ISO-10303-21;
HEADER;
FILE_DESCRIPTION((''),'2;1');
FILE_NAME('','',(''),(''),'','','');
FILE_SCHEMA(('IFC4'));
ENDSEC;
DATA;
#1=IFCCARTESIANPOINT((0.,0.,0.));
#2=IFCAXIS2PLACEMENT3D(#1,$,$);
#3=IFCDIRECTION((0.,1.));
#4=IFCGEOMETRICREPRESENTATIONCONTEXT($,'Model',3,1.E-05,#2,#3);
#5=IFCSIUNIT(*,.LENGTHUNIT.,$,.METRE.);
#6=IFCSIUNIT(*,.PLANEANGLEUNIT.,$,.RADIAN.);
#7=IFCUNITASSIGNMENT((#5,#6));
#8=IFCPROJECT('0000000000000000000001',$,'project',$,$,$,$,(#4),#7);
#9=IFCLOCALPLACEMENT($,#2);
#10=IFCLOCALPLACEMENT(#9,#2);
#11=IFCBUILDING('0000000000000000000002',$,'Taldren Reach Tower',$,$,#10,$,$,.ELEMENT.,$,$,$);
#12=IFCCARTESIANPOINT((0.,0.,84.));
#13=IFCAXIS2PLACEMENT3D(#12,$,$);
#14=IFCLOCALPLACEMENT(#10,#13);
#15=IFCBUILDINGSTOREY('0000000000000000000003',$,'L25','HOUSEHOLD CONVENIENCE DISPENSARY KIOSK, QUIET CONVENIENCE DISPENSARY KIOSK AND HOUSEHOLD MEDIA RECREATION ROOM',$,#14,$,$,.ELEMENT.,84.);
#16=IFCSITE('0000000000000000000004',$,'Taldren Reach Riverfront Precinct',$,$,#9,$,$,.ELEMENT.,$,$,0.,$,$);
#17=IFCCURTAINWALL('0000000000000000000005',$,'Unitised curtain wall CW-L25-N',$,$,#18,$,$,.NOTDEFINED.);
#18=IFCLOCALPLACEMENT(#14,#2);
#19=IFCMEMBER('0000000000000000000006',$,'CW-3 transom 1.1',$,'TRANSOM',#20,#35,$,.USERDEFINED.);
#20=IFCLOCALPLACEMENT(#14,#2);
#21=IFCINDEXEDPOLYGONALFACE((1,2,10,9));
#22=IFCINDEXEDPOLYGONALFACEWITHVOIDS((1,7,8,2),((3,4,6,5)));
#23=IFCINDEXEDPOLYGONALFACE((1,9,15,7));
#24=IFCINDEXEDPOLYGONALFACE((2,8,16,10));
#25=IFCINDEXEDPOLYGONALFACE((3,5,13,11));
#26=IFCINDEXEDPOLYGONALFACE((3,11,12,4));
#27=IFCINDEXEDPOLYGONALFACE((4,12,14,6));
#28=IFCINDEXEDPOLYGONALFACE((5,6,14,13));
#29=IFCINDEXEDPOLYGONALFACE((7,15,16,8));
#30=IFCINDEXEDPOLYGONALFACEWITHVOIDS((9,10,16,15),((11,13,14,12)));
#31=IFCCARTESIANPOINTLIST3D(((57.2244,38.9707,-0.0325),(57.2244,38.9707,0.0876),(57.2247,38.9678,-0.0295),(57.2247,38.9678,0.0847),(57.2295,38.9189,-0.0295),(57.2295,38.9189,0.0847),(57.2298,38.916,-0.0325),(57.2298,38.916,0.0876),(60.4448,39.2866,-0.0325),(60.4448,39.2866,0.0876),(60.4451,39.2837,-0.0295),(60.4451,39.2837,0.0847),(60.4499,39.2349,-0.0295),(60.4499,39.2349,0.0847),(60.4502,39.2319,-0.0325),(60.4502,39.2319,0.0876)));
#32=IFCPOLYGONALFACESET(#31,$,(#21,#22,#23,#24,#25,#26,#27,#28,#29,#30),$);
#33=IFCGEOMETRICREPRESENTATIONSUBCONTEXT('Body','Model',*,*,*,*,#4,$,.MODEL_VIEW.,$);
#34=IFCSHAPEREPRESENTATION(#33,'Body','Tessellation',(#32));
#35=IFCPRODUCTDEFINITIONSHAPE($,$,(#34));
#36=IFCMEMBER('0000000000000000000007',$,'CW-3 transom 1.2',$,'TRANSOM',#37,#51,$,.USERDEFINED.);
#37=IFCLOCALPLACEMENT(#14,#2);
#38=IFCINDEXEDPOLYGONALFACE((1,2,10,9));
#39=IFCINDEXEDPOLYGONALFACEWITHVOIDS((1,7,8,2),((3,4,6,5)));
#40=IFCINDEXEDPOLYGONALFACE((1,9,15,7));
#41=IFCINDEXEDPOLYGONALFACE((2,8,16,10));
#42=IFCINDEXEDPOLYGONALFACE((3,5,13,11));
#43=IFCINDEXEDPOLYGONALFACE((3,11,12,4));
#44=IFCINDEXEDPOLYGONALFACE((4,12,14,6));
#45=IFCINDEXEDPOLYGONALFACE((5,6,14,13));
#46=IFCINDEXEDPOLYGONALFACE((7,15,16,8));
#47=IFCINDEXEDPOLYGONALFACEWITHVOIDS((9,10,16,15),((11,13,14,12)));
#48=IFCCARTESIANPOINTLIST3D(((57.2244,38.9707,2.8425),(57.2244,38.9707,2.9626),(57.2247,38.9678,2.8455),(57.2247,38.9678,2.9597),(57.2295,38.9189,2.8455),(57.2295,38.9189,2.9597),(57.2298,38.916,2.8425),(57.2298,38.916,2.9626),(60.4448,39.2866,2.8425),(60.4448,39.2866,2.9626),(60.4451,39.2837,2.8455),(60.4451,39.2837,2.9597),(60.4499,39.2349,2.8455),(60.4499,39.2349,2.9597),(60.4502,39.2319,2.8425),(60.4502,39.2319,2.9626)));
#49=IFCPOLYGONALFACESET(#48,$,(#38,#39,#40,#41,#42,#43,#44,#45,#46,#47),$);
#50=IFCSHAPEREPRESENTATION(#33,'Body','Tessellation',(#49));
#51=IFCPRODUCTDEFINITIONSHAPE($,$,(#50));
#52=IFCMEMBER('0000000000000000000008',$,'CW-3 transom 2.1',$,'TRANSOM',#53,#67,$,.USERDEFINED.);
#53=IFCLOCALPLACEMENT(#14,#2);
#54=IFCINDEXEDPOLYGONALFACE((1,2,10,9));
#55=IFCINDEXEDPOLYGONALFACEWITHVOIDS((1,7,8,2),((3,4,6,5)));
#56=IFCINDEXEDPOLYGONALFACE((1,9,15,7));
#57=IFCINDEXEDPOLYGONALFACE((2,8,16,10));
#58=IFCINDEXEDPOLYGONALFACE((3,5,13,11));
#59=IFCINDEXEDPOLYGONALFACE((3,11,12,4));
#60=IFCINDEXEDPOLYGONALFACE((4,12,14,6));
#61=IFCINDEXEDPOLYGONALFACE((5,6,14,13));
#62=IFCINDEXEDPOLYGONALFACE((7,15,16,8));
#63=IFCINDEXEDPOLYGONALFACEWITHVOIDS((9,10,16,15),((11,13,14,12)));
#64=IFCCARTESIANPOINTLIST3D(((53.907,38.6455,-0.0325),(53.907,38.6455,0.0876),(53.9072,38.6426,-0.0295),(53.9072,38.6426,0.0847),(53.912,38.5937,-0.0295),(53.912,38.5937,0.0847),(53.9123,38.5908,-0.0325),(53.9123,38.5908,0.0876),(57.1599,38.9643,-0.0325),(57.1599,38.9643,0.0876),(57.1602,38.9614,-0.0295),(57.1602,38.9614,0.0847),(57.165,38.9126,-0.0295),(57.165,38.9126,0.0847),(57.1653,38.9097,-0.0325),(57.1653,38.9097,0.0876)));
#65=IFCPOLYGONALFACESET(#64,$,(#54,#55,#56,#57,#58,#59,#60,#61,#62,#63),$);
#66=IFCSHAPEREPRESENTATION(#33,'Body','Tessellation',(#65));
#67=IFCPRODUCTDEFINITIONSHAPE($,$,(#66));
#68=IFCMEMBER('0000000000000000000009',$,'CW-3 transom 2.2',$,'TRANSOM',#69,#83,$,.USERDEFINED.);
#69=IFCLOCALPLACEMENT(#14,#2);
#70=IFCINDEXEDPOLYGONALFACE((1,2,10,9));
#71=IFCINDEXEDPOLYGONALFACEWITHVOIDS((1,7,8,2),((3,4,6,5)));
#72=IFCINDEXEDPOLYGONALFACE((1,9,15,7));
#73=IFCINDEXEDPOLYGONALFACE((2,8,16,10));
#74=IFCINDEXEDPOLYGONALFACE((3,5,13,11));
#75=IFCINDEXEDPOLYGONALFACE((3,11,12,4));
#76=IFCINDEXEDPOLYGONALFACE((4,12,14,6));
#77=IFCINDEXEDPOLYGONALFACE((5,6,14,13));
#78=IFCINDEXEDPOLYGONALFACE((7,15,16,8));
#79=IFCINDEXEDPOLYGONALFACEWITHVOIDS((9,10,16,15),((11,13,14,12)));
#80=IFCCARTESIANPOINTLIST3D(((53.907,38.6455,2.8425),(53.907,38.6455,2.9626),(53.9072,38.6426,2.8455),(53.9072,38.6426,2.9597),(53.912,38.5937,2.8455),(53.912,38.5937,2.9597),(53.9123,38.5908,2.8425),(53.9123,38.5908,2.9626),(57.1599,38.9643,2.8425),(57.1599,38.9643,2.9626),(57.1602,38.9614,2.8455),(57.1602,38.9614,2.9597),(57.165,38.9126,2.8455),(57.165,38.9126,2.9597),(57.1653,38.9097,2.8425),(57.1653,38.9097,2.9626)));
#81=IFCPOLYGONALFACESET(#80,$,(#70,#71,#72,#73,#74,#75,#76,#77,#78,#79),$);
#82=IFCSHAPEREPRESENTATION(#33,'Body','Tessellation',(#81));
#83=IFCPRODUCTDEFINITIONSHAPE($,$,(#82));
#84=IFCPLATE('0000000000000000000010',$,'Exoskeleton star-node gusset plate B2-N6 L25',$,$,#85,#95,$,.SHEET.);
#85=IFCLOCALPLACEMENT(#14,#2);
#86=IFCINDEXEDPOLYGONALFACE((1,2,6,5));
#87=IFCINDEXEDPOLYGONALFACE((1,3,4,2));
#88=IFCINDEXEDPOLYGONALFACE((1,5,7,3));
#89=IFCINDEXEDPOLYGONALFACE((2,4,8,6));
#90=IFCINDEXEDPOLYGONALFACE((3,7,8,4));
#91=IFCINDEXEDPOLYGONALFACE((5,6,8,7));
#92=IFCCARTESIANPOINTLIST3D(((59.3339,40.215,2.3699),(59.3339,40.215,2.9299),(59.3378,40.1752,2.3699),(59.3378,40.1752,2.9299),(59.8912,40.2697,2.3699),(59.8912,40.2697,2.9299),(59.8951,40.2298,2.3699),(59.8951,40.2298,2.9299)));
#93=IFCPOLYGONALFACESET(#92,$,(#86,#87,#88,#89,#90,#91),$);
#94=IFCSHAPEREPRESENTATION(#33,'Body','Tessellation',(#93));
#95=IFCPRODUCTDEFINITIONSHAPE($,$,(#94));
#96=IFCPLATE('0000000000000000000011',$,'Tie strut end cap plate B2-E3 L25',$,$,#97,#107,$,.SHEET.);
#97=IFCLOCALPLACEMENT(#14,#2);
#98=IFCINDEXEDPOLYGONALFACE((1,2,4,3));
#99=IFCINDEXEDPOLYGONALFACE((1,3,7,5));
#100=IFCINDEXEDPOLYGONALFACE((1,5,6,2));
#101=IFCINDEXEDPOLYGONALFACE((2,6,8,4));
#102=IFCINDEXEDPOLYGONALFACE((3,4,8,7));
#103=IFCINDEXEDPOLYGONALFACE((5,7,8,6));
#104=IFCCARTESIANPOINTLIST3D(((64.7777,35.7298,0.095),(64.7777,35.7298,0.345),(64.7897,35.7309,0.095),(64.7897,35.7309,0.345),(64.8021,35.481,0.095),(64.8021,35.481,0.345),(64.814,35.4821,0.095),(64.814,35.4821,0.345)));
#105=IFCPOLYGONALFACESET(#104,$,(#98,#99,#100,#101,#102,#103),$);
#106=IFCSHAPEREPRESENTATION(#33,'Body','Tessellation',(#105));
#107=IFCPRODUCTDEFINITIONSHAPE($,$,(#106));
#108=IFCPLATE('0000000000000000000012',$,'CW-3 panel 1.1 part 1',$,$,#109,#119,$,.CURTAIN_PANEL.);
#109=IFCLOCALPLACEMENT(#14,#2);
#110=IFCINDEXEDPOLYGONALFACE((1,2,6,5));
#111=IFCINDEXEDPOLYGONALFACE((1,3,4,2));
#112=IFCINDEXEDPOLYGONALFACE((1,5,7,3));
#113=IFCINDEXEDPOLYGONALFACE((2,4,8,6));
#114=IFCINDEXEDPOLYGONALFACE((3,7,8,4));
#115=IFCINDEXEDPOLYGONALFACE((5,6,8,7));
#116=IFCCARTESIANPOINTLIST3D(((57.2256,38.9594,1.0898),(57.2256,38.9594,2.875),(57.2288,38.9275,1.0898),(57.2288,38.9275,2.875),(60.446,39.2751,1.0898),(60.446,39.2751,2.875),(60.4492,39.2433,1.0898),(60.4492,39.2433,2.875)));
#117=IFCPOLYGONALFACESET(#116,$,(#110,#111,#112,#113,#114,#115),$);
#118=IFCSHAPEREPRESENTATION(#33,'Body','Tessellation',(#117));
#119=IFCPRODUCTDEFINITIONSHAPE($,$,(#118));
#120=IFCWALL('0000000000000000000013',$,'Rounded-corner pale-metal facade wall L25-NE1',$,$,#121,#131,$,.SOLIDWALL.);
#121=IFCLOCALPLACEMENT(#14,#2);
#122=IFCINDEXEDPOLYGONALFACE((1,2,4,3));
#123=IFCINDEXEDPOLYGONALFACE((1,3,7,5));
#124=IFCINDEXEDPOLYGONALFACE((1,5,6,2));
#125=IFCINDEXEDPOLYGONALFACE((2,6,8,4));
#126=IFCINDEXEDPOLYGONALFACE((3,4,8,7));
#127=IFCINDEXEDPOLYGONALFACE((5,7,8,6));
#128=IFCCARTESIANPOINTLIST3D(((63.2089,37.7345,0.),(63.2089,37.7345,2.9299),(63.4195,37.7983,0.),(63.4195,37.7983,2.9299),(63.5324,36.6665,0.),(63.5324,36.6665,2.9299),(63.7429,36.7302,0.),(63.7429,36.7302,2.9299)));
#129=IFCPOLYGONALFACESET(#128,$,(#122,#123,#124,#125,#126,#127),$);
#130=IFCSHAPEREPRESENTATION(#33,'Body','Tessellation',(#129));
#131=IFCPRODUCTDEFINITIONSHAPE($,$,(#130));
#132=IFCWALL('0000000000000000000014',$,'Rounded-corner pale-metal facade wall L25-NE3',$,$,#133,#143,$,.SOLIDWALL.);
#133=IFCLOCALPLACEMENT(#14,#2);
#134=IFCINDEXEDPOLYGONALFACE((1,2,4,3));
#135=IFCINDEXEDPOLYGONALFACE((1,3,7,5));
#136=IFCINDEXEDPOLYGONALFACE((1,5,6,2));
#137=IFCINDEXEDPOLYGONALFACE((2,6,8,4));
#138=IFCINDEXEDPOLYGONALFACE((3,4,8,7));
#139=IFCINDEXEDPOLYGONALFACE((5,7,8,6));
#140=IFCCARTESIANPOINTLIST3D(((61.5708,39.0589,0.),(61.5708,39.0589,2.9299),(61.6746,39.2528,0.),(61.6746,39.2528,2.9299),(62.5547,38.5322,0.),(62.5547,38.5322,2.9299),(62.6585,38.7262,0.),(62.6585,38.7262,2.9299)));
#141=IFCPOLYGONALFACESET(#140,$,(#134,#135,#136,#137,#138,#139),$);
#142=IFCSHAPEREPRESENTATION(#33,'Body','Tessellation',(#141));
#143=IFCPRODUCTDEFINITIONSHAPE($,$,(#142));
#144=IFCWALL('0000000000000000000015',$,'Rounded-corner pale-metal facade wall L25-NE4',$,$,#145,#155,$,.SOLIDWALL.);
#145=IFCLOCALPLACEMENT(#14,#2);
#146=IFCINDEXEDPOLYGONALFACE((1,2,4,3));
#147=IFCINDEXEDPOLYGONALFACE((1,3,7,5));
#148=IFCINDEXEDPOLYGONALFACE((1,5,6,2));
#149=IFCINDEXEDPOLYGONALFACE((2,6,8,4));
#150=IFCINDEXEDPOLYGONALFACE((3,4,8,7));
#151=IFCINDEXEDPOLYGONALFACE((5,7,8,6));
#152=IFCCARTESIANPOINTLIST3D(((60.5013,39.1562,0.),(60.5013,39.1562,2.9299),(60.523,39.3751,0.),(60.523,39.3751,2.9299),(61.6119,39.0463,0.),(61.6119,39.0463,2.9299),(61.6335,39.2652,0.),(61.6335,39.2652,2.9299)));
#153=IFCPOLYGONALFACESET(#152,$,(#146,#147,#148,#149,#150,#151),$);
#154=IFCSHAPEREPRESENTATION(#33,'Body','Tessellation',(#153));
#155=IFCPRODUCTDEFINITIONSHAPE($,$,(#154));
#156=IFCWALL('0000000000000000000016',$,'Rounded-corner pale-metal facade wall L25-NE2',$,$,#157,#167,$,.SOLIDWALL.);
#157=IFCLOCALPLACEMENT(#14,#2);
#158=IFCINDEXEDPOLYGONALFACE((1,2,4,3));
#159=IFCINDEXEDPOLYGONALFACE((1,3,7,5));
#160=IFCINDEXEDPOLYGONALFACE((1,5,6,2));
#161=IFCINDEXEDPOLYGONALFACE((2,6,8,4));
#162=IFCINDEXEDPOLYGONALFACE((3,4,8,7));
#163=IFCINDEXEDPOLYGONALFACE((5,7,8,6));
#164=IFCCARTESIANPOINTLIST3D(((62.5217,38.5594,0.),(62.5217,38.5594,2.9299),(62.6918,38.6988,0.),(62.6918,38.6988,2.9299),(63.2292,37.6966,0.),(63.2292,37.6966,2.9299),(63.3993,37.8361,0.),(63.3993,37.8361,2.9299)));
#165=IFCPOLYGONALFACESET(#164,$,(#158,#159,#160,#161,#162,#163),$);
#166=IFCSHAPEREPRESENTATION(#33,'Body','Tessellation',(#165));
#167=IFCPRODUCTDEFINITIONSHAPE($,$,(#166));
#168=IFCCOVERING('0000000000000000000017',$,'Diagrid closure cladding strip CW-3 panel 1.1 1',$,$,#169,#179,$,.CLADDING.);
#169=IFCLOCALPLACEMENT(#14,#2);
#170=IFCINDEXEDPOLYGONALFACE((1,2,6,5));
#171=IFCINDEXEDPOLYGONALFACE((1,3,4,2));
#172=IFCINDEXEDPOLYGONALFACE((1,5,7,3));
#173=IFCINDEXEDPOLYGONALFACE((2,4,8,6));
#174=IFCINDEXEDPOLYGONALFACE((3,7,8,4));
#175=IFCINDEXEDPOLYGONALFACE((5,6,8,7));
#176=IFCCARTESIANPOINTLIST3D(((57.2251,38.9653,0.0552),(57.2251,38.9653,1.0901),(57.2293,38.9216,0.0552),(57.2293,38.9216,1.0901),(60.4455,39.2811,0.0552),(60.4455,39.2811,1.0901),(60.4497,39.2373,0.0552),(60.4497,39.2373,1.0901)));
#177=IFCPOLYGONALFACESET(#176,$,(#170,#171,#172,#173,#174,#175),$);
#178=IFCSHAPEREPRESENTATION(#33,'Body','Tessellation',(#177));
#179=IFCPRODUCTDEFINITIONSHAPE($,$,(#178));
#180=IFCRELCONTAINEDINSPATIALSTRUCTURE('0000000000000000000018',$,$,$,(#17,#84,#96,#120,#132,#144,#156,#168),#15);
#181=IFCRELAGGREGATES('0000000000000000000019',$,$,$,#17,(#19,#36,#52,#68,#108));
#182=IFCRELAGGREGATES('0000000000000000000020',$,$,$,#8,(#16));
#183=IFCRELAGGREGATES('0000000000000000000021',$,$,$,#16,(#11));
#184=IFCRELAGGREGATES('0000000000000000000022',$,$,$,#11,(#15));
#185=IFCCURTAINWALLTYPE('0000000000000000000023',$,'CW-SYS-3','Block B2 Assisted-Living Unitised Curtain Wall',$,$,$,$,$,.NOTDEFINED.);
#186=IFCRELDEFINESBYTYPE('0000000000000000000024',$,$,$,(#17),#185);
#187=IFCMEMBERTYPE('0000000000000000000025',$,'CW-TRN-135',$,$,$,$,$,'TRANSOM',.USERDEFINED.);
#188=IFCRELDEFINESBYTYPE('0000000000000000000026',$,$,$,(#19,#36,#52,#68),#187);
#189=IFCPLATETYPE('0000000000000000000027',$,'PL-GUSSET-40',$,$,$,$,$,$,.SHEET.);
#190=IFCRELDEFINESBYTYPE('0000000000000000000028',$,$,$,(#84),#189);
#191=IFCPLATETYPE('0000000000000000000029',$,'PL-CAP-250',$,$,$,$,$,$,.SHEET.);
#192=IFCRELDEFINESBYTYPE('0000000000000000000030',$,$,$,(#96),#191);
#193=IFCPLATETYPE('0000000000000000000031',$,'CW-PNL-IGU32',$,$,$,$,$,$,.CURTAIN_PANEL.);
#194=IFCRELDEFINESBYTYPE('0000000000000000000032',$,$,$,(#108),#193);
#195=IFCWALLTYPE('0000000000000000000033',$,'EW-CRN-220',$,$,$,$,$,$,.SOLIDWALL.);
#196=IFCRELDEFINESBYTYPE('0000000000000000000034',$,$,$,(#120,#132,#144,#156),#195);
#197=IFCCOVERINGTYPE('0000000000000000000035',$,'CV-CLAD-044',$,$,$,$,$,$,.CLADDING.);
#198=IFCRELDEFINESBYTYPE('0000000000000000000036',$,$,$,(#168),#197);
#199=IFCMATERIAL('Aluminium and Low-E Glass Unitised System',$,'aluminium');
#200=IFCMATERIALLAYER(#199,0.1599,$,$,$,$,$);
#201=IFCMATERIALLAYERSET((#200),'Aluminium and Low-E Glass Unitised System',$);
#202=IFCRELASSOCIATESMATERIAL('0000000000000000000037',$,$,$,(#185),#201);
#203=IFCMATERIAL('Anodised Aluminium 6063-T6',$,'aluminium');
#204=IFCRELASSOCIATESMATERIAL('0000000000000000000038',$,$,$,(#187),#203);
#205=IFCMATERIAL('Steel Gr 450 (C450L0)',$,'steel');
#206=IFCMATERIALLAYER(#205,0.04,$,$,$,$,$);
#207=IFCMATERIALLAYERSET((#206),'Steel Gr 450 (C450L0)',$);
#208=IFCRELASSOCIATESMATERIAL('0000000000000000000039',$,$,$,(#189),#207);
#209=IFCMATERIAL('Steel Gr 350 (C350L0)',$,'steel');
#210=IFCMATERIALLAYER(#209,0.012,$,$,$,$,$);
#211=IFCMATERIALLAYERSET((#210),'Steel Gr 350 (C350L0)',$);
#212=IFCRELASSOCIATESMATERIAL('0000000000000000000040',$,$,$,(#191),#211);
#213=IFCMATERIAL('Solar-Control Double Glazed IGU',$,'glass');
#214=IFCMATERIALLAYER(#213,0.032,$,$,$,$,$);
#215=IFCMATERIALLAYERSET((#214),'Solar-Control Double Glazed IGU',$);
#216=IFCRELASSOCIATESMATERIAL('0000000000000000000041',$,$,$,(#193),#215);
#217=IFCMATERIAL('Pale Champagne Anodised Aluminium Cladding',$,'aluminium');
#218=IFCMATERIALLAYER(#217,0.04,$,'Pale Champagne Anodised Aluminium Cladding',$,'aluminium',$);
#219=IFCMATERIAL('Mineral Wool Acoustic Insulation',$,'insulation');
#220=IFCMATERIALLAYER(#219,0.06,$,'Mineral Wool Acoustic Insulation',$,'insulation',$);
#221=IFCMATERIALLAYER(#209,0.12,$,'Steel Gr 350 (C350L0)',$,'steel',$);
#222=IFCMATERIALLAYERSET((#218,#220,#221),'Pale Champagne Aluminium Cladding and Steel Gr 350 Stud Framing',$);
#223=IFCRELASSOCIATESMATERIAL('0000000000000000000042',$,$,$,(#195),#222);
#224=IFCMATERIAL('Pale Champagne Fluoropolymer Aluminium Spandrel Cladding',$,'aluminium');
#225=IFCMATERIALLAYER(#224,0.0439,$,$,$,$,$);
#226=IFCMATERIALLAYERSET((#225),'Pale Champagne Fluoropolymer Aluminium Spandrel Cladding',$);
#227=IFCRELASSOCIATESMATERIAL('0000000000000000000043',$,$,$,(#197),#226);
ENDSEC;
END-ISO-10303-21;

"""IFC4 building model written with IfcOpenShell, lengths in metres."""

from ifc_helpers import new_model, si_unit, direction, frame, frame_2d, origin, origin_2d, place, context, subcontext, project, spatial, rectangle, hollow_rectangle, extrude, source, transform, mapped, material, layer, layer_set, material_profile, profile_set, type_object, element, aggregate, save


model = new_model("IFC4")

# Units and contexts
model_context = context("Model", 3, precision=1e-05, world=origin(), true_north=direction((0.0, 1.0)))
body_context = subcontext(model_context, "Body", "Model", "MODEL_VIEW")
ifc_project = project(units=[si_unit("LENGTHUNIT", "METRE"), si_unit("PLANEANGLEUNIT", "RADIAN")], contexts=[model_context])

# Site, building, storey
site_placement = place(None, origin())
site = spatial("IfcSite", under=ifc_project, at=site_placement, Name="Taldren Reach Riverfront Precinct", CompositionType="ELEMENT", RefElevation=0.0)
building_placement = place(site_placement, origin())
building = spatial("IfcBuilding", under=site, at=building_placement, Name="Taldren Reach Tower", CompositionType="ELEMENT")
storey_placement = place(building_placement, frame((0.0, 0.0, 84.0)))
storey = spatial("IfcBuildingStorey", under=building, at=storey_placement, Name="L25", Description="HOUSEHOLD CONVENIENCE DISPENSARY KIOSK, QUIET CONVENIENCE DISPENSARY KIOSK AND HOUSEHOLD MEDIA RECREATION ROOM", CompositionType="ELEMENT", Elevation=84.0)

# Shared definitions
ifc_material_1 = material(Name="Steel Gr 450 (C450L0)", Category="steel")
ifc_material_2 = material(Name="Steel Gr 350 (C350L0)", Category="steel")

# Curtain wall
ifc_material_3 = material(Name="Aluminium and Low-E Glass Unitised System", Category="aluminium")
ifc_layer_1 = layer(ifc_material_3, 0.1599)
ifc_layer_set_1 = layer_set([ifc_layer_1], Name="Aluminium and Low-E Glass Unitised System")
curtain_wall_type = type_object("IfcCurtainWallType", Name="CW-SYS-3", Description="Block B2 Assisted-Living Unitised Curtain Wall", PredefinedType="NOTDEFINED", material=ifc_layer_set_1)
curtain_wall_1_placement = place(storey_placement, origin())
curtain_wall_1 = element("IfcCurtainWall", 1, at=curtain_wall_1_placement, inside=storey, type_object=curtain_wall_type, Name="Unitised curtain wall CW-L25-N", PredefinedType="NOTDEFINED")
ifc_material_4 = material(Name="Anodised Aluminium 6063-T6", Category="aluminium")

# Members
ifc_material_profile_1 = material_profile(ifc_material_4, hollow_rectangle(XDim=0.0549, YDim=0.1201, WallThickness=0.0029, at=origin_2d()), Name="ALU-120x55x3RHS")
ifc_profile_set_1 = profile_set([ifc_material_profile_1], Name="Anodised Aluminium 6063-T6")
member_type_1 = type_object("IfcMemberType", Name="CW-TRN-135", ElementType="TRANSOM", PredefinedType="USERDEFINED", material=ifc_profile_set_1)
shared_shape_1 = source(origin(), body_context, "Body", "SweptSolid", [
    extrude(hollow_rectangle(XDim=0.0549, YDim=0.1201, WallThickness=0.0029, at=origin_2d()), origin(), (0.0, 0.0, 1.0), 3.2358),
])
member_1_placement = place(storey_placement, frame((60.4475, 39.2593, 0.0276), z_axis=(-0.995223, -0.097629, 0.0), x_axis=(0.097629, -0.995223, 0.0)))
member_1 = element("IfcMember", 2, at=member_1_placement, type_object=member_type_1, Name="CW-3 transom 1.1", ObjectType="TRANSOM", PredefinedType="USERDEFINED", context=body_context, shape_type="MappedRepresentation", body=[
    mapped(shared_shape_1, transform((0.0, 0.0, 0.0), scale=1.0)),
])
member_2_placement = place(storey_placement, frame((60.4475, 39.2593, 2.9026), z_axis=(-0.995223, -0.097629, 0.0), x_axis=(0.097629, -0.995223, 0.0)))
member_2 = element("IfcMember", 3, at=member_2_placement, type_object=member_type_1, Name="CW-3 transom 1.2", ObjectType="TRANSOM", PredefinedType="USERDEFINED", context=body_context, shape_type="MappedRepresentation", body=[
    mapped(shared_shape_1, transform((0.0, 0.0, 0.0), scale=1.0)),
])
shared_shape_2 = source(origin(), body_context, "Body", "SweptSolid", [
    extrude(hollow_rectangle(XDim=0.0549, YDim=0.1201, WallThickness=0.0029, at=origin_2d()), origin(), (0.0, 0.0, 1.0), 3.2686),
])
member_3_placement = place(storey_placement, frame((57.1626, 38.937, 0.0276), z_axis=(-0.995231, -0.097551, 0.0), x_axis=(0.097551, -0.995231, 0.0)))
member_3 = element("IfcMember", 4, at=member_3_placement, type_object=member_type_1, Name="CW-3 transom 2.1", ObjectType="TRANSOM", PredefinedType="USERDEFINED", context=body_context, shape_type="MappedRepresentation", body=[
    mapped(shared_shape_2, transform((0.0, 0.0, 0.0), scale=1.0)),
])
member_4_placement = place(storey_placement, frame((57.1626, 38.937, 2.9026), z_axis=(-0.995231, -0.097551, 0.0), x_axis=(0.097551, -0.995231, 0.0)))
member_4 = element("IfcMember", 5, at=member_4_placement, type_object=member_type_1, Name="CW-3 transom 2.2", ObjectType="TRANSOM", PredefinedType="USERDEFINED", context=body_context, shape_type="MappedRepresentation", body=[
    mapped(shared_shape_2, transform((0.0, 0.0, 0.0), scale=1.0)),
])

# Plates
ifc_layer_2 = layer(ifc_material_1, 0.04)
ifc_layer_set_2 = layer_set([ifc_layer_2], Name="Steel Gr 450 (C450L0)")
plate_type_1 = type_object("IfcPlateType", Name="PL-GUSSET-40", PredefinedType="SHEET", material=ifc_layer_set_2)
shared_shape_3 = source(origin(), body_context, "Body", "SweptSolid", [
    extrude(rectangle(XDim=0.5601, YDim=0.04, at=origin_2d()), origin(), (0.0, 0.0, 1.0), 0.5601),
])
plate_1_placement = place(storey_placement, frame((59.6145, 40.2224, 2.3699), z_axis=(0.0, 0.0, 1.0), x_axis=(0.995227, 0.097583, 0.0)))
element("IfcPlate", 6, at=plate_1_placement, inside=storey, type_object=plate_type_1, Name="Exoskeleton star-node gusset plate B2-N6 L25", PredefinedType="SHEET", context=body_context, shape_type="MappedRepresentation", body=[
    mapped(shared_shape_3, transform((0.0, 0.0, 0.0), scale=1.0)),
])
ifc_layer_3 = layer(ifc_material_2, 0.012)
ifc_layer_set_3 = layer_set([ifc_layer_3], Name="Steel Gr 350 (C350L0)")
plate_type_2 = type_object("IfcPlateType", Name="PL-CAP-250", PredefinedType="SHEET", material=ifc_layer_set_3)
shared_shape_4 = source(origin(), body_context, "Body", "SweptSolid", [
    extrude(rectangle(XDim=0.012, YDim=0.25, at=origin_2d()), origin(), (0.0, 0.0, 1.0), 0.25),
])
plate_2_placement = place(storey_placement, frame((64.7959, 35.606, 0.095), z_axis=(0.0, 0.0, 1.0), x_axis=(0.995227, 0.097583, 0.0)))
element("IfcPlate", 7, at=plate_2_placement, inside=storey, type_object=plate_type_2, Name="Tie strut end cap plate B2-E3 L25", PredefinedType="SHEET", context=body_context, shape_type="MappedRepresentation", body=[
    mapped(shared_shape_4, transform((0.0, 0.0, 0.0), scale=1.0)),
])

# Plate
ifc_material_5 = material(Name="Solar-Control Double Glazed IGU", Category="glass")
ifc_layer_4 = layer(ifc_material_5, 0.032)
ifc_layer_set_4 = layer_set([ifc_layer_4], Name="Solar-Control Double Glazed IGU")
plate_type_3 = type_object("IfcPlateType", Name="CW-PNL-IGU32", PredefinedType="CURTAIN_PANEL", material=ifc_layer_set_4)
shared_shape_5 = source(origin(), body_context, "Body", "SweptSolid", [
    extrude(rectangle(XDim=3.2358, YDim=0.032, at=origin_2d()), origin(), (0.0, 0.0, 1.0), 1.7852),
])
plate_3_placement = place(storey_placement, frame((58.8374, 39.1013, 1.0898), z_axis=(0.0, 0.0, 1.0), x_axis=(-0.995227, -0.097583, 0.0)))
plate_3 = element("IfcPlate", 8, at=plate_3_placement, type_object=plate_type_3, Name="CW-3 panel 1.1 part 1", PredefinedType="CURTAIN_PANEL", context=body_context, shape_type="MappedRepresentation", body=[
    mapped(shared_shape_5, transform((0.0, 0.0, 0.0), scale=1.0)),
])
aggregate(curtain_wall_1, [member_1, member_2, member_3, member_4, plate_3])

# Walls
ifc_material_6 = material(Name="Pale Champagne Anodised Aluminium Cladding", Category="aluminium")
ifc_layer_5 = layer(ifc_material_6, 0.04, Name="Pale Champagne Anodised Aluminium Cladding", Category="aluminium")
ifc_material_7 = material(Name="Mineral Wool Acoustic Insulation", Category="insulation")
ifc_layer_6 = layer(ifc_material_7, 0.06, Name="Mineral Wool Acoustic Insulation", Category="insulation")
ifc_layer_7 = layer(ifc_material_2, 0.12, Name="Steel Gr 350 (C350L0)", Category="steel")
ifc_layer_set_5 = layer_set([ifc_layer_5, ifc_layer_6, ifc_layer_7], Name="Pale Champagne Aluminium Cladding and Steel Gr 350 Stud Framing")
wall_type = type_object("IfcWallType", Name="EW-CRN-220", PredefinedType="SOLIDWALL", material=ifc_layer_set_5)
shared_shape_6 = source(origin(), body_context, "Body", "SweptSolid", [
    extrude(rectangle(XDim=1.116, YDim=0.22, at=frame_2d((0.5581, 0.0))), origin(), (0.0, 0.0, 1.0), 2.9299),
])
for number, where, z_axis, x_axis, name in (
    (9, (63.6377, 36.6982, 0.0), (0.0, 0.0, 1.0), (-0.289856, 0.95707, 0.0), "Rounded-corner pale-metal facade wall L25-NE1"),
    (10, (62.6067, 38.6292, 0.0), (0.0, 0.0, 1.0), (-0.881656, 0.471894, 0.0), "Rounded-corner pale-metal facade wall L25-NE3"),
    (11, (61.6228, 39.1558, 0.0), (0.0, 0.0, 1.0), (-0.995143, 0.098442, 0.0), "Rounded-corner pale-metal facade wall L25-NE4"),
):
    element("IfcWall", number, at=place(storey_placement, frame(where, z_axis=z_axis, x_axis=x_axis)), inside=storey, type_object=wall_type, Name=name, PredefinedType="SOLIDWALL", context=body_context, shape_type="MappedRepresentation", body=[
        mapped(shared_shape_6, transform((0.0, 0.0, 0.0), scale=1.0)),
    ])
shared_shape_7 = source(origin(), body_context, "Body", "SweptSolid", [
    extrude(rectangle(XDim=1.1157, YDim=0.22, at=frame_2d((0.5579, 0.0))), origin(), (0.0, 0.0, 1.0), 2.9299),
])
wall_placement = place(storey_placement, frame((63.3142, 37.7664, 0.0), z_axis=(0.0, 0.0, 1.0), x_axis=(-0.634095, 0.773255, 0.0)))
element("IfcWall", 12, at=wall_placement, inside=storey, type_object=wall_type, Name="Rounded-corner pale-metal facade wall L25-NE2", PredefinedType="SOLIDWALL", context=body_context, shape_type="MappedRepresentation", body=[
    mapped(shared_shape_7, transform((0.0, 0.0, 0.0), scale=1.0)),
])

# Covering
ifc_material_8 = material(Name="Pale Champagne Fluoropolymer Aluminium Spandrel Cladding", Category="aluminium")
ifc_layer_8 = layer(ifc_material_8, 0.0439)
ifc_layer_set_6 = layer_set([ifc_layer_8], Name="Pale Champagne Fluoropolymer Aluminium Spandrel Cladding")
covering_type = type_object("IfcCoveringType", Name="CV-CLAD-044", PredefinedType="CLADDING", material=ifc_layer_set_6)
shared_shape_8 = source(origin(), body_context, "Body", "SweptSolid", [
    extrude(rectangle(XDim=3.2358, YDim=0.0439, at=origin_2d()), origin(), (0.0, 0.0, 1.0), 1.0349),
])
covering_placement = place(storey_placement, frame((58.8374, 39.1013, 0.0552), z_axis=(0.0, 0.0, 1.0), x_axis=(-0.995227, -0.097583, 0.0)))
element("IfcCovering", 13, at=covering_placement, inside=storey, type_object=covering_type, Name="Diagrid closure cladding strip CW-3 panel 1.1 1", PredefinedType="CLADDING", context=body_context, shape_type="MappedRepresentation", body=[
    mapped(shared_shape_8, transform((0.0, 0.0, 0.0), scale=1.0)),
])

save(model, "model.ifc")
